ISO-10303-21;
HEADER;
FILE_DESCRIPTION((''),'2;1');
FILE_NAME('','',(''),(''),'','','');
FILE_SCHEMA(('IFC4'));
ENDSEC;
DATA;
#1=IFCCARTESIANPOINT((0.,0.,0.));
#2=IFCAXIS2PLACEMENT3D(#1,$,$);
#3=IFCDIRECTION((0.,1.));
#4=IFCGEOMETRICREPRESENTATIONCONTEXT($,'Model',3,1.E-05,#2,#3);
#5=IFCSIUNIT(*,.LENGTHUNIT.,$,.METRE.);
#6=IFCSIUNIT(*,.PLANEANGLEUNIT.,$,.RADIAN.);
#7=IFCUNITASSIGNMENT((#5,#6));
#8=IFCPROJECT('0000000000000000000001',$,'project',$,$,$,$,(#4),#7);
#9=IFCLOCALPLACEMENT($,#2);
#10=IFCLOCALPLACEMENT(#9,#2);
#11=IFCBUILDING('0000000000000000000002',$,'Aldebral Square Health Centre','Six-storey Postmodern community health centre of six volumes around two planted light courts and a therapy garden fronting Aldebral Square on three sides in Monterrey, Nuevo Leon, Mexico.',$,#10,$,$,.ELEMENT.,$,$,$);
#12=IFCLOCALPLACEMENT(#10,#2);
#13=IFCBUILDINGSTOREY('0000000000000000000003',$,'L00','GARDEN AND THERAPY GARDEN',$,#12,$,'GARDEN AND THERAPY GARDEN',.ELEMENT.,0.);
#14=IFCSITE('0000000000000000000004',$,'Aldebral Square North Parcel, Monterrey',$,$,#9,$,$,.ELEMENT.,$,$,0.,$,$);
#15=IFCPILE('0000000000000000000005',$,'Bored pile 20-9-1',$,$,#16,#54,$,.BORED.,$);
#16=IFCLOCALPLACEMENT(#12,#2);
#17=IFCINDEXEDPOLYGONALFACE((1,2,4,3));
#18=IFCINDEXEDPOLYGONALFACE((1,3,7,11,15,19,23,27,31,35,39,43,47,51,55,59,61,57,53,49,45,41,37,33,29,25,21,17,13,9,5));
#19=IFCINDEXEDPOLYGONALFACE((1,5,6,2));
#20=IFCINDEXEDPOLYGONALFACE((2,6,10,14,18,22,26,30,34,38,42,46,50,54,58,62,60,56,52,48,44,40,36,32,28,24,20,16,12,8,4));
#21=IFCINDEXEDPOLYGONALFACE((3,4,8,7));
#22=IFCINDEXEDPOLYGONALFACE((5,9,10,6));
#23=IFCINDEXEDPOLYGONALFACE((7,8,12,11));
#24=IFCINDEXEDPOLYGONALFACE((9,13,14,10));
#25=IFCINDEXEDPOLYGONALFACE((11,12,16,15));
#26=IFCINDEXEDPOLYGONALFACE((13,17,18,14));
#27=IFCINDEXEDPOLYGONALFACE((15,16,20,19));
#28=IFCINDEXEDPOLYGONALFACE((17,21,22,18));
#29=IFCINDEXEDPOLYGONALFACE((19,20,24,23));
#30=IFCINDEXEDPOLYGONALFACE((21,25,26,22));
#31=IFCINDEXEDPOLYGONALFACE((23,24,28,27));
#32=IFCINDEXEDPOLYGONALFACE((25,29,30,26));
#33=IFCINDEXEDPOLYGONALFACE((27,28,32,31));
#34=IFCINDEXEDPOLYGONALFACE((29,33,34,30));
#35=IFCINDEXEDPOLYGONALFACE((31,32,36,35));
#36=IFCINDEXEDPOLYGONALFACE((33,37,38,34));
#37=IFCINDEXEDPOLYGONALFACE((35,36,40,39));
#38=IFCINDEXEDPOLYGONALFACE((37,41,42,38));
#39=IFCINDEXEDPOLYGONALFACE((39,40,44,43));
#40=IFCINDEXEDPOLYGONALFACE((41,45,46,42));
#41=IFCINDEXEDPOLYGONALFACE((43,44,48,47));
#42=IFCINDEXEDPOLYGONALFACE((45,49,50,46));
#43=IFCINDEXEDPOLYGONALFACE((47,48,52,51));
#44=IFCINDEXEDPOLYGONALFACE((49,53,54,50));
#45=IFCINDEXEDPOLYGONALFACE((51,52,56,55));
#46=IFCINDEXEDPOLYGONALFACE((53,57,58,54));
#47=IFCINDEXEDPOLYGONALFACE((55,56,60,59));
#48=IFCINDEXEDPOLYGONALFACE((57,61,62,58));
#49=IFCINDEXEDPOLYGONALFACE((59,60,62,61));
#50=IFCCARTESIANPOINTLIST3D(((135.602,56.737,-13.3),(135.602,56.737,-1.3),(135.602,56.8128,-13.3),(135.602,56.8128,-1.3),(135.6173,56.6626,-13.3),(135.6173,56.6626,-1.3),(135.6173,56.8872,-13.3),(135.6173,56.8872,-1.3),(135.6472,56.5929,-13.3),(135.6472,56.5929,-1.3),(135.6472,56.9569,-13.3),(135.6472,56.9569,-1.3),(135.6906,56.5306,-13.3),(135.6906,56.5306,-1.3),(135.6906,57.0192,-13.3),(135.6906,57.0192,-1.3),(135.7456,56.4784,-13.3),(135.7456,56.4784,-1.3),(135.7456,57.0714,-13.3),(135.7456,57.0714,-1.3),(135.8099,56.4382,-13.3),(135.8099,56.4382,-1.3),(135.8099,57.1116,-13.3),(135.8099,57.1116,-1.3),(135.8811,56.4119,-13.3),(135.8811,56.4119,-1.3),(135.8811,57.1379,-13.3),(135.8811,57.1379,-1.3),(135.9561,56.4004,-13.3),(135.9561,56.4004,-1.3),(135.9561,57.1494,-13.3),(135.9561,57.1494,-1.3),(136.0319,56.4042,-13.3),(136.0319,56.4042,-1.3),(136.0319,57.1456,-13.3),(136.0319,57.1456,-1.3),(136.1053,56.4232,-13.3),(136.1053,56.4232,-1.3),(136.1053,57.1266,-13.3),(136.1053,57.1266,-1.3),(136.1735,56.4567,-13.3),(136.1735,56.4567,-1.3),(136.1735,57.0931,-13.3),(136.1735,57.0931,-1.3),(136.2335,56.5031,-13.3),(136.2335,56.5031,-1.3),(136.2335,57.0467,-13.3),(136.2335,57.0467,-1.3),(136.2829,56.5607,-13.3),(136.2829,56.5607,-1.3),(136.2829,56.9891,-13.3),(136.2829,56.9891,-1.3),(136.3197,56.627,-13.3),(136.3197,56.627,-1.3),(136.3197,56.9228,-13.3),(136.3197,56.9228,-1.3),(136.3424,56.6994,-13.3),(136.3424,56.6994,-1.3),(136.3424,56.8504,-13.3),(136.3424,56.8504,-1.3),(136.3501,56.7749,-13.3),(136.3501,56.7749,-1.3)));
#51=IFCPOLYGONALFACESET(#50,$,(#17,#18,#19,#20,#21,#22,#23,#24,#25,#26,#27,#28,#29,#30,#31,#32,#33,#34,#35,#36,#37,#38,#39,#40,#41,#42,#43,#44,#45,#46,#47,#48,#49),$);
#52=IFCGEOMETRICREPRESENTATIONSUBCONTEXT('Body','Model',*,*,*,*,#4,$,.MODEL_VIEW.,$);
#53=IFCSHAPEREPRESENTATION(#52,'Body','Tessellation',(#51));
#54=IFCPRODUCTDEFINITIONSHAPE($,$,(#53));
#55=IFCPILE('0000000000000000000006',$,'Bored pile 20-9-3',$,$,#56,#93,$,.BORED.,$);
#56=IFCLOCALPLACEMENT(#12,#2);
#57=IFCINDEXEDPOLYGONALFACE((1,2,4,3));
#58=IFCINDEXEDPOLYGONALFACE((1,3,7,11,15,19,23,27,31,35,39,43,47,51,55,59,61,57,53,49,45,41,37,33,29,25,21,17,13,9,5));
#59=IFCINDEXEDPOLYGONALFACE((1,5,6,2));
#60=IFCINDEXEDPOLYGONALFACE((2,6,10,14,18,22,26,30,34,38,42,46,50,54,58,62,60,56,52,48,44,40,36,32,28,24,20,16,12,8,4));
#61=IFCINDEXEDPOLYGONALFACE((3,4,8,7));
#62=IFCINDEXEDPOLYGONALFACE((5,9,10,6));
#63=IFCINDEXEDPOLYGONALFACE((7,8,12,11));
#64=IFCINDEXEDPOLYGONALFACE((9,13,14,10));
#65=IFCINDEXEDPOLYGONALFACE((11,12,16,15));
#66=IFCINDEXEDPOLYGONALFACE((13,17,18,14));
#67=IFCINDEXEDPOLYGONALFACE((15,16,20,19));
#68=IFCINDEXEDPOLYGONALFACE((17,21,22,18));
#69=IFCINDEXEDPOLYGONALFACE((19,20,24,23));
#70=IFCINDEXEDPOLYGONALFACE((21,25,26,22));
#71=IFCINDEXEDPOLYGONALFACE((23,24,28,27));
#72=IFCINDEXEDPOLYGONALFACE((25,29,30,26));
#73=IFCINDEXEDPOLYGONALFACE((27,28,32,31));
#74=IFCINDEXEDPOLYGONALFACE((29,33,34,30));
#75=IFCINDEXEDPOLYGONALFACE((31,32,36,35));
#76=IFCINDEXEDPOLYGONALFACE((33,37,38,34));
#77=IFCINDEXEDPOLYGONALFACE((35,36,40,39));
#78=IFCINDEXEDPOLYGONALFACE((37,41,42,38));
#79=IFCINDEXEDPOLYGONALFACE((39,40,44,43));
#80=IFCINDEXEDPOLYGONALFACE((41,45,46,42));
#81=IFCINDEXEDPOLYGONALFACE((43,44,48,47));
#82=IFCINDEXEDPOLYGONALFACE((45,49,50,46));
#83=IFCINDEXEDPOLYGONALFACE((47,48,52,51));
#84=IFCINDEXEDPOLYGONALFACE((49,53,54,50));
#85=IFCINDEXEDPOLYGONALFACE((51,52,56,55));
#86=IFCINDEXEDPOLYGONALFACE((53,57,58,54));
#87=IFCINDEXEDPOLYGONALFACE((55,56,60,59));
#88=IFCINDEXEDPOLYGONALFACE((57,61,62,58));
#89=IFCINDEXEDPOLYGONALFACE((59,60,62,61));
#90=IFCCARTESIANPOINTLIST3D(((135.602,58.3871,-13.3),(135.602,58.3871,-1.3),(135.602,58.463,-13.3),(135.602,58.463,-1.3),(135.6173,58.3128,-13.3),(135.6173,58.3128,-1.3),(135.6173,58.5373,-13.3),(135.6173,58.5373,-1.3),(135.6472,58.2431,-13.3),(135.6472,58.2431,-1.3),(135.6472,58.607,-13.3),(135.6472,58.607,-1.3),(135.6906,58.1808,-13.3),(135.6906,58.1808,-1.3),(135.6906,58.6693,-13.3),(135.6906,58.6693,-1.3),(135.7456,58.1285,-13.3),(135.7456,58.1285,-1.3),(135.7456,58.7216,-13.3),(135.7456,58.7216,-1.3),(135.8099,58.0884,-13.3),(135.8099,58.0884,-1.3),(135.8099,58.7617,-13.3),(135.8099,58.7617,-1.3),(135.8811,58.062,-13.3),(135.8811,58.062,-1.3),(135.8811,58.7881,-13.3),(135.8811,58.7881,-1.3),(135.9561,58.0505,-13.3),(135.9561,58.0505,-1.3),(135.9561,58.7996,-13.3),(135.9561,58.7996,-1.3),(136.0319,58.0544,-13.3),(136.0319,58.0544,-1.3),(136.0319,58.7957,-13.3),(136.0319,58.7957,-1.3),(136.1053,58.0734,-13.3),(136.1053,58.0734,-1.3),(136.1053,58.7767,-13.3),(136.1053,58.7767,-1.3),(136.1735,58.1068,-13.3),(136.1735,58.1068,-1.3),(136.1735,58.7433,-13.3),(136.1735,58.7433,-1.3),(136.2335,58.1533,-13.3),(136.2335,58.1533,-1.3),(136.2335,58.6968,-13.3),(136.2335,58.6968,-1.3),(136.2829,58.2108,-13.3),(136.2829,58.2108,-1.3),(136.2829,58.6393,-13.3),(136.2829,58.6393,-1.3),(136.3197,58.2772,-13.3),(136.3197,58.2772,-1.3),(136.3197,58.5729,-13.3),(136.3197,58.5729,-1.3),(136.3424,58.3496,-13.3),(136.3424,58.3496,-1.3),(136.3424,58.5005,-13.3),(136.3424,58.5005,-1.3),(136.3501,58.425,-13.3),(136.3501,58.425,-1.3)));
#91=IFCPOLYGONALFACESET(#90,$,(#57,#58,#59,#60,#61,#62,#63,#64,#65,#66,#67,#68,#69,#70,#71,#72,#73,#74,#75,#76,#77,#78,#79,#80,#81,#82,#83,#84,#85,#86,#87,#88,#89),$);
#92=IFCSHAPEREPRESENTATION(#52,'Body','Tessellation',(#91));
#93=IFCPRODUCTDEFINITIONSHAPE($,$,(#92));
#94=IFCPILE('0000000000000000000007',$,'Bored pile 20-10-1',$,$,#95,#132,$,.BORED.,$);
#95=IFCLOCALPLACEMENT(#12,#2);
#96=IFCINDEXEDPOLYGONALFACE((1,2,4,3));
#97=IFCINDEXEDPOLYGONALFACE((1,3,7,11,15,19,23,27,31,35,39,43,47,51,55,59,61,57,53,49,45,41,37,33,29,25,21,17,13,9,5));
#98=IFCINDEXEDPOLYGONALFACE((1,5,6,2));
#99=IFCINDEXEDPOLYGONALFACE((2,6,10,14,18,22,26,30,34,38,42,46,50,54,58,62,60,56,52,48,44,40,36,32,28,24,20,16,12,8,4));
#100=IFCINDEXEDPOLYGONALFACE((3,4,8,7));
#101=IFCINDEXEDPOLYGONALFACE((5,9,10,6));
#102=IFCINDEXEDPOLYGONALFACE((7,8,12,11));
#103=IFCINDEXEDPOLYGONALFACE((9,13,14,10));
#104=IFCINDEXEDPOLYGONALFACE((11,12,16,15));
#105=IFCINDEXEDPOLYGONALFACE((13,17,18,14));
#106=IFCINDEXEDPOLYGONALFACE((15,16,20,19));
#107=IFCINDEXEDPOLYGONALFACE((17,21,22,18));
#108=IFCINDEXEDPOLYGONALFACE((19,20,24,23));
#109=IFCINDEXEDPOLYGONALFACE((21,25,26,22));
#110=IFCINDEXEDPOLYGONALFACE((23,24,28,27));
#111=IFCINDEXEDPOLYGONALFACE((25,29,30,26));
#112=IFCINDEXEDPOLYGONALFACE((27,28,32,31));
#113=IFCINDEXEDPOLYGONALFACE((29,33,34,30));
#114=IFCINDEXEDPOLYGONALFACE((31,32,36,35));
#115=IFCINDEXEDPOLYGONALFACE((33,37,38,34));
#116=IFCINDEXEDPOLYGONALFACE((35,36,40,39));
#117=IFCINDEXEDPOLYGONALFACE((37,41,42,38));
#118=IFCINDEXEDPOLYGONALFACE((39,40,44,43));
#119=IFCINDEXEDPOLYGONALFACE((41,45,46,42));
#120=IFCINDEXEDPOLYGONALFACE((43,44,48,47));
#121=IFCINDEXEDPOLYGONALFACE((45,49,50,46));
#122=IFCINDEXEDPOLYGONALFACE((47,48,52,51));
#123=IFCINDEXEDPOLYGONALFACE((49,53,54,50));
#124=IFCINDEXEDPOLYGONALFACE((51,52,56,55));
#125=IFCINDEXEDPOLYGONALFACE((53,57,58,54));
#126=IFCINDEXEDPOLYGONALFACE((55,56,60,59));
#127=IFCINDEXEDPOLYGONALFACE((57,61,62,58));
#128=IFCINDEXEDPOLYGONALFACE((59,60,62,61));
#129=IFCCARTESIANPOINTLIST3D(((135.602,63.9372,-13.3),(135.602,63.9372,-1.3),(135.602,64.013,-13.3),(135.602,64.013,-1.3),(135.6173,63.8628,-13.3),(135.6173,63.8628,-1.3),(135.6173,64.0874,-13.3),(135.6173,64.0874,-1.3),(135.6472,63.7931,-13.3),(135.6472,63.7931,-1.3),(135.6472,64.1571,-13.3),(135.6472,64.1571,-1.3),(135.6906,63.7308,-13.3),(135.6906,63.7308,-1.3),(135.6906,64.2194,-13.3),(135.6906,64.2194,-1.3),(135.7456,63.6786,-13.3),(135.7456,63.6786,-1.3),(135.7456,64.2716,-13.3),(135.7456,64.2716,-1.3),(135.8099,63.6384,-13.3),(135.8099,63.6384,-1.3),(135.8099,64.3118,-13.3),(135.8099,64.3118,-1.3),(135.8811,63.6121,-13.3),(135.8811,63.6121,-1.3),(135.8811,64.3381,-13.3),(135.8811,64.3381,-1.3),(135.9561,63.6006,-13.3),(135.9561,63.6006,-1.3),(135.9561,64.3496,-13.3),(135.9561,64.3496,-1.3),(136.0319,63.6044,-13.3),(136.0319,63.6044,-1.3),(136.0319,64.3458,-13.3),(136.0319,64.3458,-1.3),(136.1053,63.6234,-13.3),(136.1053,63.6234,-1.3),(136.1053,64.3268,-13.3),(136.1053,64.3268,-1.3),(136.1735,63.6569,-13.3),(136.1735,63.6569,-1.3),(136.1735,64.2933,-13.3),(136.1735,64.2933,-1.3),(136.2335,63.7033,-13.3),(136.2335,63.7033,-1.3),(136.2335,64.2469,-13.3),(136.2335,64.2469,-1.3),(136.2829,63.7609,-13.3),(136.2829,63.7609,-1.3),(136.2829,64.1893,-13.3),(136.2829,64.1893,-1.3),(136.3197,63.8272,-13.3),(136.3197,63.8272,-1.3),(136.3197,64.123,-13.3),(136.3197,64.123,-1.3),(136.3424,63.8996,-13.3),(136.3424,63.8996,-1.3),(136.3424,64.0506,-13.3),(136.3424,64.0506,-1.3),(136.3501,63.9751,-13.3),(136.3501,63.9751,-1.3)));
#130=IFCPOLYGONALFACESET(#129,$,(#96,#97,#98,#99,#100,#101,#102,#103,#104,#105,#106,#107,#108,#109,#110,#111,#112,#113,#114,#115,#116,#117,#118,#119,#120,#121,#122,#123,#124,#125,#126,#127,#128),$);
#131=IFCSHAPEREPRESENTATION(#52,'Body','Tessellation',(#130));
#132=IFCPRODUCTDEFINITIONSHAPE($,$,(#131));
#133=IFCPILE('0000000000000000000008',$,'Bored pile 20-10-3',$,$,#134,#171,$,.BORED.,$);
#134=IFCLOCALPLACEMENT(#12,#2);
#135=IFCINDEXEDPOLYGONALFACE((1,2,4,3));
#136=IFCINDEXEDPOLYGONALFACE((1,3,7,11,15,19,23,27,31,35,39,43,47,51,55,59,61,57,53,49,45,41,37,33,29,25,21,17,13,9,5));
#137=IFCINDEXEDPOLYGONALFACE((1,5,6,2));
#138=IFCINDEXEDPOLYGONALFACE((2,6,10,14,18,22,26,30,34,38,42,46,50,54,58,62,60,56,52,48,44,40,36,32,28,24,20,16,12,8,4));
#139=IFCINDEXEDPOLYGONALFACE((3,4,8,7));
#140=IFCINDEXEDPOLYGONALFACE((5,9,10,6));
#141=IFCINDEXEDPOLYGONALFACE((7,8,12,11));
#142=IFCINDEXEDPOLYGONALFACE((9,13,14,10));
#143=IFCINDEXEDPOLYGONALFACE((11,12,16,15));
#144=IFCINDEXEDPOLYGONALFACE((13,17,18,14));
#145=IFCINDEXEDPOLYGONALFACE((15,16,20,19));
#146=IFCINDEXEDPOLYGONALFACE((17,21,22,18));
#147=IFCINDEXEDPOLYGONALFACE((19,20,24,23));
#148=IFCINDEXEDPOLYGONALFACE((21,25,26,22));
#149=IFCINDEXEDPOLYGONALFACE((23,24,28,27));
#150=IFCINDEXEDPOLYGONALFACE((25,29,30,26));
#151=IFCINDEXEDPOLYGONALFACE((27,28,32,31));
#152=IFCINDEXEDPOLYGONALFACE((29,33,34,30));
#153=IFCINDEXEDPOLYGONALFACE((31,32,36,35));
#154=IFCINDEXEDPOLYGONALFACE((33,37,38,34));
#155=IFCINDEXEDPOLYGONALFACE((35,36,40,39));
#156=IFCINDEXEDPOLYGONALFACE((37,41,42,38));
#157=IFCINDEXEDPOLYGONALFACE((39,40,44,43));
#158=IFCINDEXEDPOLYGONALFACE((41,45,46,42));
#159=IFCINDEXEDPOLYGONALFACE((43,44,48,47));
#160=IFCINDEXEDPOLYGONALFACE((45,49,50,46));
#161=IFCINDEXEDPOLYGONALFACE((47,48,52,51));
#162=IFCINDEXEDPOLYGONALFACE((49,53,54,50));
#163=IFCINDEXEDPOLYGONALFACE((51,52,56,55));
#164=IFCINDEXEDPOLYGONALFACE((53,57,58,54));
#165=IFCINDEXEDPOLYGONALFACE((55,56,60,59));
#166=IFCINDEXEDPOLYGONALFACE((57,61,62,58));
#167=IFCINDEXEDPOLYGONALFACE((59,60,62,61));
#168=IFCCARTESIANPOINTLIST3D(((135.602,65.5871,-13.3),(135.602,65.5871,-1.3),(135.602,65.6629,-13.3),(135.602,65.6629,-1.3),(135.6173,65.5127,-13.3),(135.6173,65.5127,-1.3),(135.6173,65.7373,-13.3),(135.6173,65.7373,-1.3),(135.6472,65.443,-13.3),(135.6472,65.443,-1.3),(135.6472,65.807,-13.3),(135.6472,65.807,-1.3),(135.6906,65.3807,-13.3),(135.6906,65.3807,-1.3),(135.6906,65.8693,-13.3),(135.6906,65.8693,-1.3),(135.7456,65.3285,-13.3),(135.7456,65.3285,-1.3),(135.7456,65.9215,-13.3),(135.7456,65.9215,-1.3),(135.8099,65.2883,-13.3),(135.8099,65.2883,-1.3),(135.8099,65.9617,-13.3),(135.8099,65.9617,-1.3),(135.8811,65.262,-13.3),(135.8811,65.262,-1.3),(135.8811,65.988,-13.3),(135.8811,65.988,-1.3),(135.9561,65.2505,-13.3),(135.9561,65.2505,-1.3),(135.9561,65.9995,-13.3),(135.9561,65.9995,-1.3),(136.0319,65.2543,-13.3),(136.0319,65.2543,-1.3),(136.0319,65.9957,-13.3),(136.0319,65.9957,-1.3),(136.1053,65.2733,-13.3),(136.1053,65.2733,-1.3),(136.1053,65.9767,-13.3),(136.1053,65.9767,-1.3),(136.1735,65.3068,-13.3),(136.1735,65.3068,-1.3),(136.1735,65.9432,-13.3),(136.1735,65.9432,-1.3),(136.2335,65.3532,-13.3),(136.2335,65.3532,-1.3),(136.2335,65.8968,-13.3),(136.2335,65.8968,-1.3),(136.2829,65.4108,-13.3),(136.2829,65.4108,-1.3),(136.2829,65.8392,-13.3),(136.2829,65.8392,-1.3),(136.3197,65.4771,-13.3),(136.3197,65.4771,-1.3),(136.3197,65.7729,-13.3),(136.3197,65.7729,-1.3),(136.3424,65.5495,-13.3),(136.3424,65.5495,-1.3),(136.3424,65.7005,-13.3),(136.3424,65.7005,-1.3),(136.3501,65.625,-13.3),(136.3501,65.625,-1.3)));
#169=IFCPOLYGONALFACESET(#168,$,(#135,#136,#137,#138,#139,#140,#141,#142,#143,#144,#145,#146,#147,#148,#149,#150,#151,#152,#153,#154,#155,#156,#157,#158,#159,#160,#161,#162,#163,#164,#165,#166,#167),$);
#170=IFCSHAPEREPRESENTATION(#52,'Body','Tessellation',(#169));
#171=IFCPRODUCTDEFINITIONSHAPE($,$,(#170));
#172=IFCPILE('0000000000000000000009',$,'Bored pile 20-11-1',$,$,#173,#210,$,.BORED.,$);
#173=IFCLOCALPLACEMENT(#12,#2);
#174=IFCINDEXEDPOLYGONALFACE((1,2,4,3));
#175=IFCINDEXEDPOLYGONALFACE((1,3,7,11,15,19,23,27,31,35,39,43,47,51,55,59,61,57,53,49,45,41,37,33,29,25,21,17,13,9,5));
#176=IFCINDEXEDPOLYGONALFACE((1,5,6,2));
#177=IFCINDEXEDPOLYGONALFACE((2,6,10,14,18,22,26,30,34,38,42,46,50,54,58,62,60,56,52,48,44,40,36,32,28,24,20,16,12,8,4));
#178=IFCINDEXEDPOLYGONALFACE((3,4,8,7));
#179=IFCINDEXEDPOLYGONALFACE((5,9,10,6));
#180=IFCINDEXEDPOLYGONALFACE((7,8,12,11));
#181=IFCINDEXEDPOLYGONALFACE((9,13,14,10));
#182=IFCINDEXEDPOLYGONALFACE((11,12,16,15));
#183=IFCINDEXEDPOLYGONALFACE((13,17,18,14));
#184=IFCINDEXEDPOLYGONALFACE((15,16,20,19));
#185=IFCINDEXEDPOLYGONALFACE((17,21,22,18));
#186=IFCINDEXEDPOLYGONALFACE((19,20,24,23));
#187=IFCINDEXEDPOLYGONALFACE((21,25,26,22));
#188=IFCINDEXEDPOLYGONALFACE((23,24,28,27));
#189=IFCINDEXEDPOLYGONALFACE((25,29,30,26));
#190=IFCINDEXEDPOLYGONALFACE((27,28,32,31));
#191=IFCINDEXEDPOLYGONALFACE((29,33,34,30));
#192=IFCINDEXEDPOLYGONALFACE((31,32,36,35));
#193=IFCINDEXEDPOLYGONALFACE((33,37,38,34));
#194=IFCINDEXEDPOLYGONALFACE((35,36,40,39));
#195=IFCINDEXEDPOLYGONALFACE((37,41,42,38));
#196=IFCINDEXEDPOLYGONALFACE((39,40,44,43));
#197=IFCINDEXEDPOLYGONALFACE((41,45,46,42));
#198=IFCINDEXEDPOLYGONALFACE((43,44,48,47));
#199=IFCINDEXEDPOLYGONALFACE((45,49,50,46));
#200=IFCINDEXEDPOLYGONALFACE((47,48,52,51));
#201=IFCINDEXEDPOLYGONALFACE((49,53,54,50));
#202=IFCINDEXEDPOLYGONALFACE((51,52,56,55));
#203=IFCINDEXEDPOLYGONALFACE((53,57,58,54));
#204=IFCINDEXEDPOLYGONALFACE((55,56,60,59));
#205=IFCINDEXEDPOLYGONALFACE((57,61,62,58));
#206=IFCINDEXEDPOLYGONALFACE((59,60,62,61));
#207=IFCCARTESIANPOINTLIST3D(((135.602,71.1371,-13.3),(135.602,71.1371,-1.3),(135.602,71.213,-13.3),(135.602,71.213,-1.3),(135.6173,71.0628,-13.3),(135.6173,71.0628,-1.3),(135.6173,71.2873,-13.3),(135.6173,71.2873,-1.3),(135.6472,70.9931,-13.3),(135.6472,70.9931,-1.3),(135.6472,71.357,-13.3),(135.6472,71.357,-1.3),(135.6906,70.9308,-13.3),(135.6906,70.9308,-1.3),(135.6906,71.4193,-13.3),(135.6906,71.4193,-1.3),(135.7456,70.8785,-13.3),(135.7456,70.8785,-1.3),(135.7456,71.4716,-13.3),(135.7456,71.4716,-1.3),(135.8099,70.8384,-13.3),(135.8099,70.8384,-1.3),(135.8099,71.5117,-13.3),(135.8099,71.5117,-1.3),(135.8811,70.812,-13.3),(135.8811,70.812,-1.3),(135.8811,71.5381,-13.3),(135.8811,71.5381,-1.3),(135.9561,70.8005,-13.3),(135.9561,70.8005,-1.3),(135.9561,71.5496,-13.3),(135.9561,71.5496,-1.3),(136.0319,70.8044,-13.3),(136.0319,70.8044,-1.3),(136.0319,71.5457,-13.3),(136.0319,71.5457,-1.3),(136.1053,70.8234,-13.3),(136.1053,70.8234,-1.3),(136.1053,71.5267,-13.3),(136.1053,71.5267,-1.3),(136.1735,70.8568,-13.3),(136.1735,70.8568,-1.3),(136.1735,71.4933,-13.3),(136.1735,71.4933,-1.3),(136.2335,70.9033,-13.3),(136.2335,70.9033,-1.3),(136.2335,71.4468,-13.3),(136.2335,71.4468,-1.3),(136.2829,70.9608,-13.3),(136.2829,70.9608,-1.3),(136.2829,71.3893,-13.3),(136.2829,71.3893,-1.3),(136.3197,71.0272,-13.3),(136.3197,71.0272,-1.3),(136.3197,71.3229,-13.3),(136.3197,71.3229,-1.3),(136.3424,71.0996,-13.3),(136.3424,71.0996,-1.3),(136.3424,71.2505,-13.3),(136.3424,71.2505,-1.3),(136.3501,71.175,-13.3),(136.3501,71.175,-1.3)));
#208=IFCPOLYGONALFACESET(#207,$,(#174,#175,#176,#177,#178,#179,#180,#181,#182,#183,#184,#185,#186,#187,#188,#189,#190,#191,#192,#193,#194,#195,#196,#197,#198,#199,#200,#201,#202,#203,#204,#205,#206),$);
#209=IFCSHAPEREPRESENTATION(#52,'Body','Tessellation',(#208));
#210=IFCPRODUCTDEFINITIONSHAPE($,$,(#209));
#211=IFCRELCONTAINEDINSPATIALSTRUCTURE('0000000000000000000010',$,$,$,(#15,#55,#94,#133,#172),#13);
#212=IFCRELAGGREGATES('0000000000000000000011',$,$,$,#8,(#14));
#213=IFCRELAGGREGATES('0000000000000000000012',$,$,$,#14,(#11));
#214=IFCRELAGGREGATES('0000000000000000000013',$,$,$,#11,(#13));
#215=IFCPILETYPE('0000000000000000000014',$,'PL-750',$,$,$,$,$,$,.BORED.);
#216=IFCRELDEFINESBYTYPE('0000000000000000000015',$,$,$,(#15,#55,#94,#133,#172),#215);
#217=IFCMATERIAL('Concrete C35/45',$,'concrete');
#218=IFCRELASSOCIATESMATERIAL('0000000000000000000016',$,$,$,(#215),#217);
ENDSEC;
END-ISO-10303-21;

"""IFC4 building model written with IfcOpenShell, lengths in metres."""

from ifc_helpers import new_model, si_unit, direction, frame, origin, origin_2d, place, context, subcontext, project, spatial, circle, extrude, material, material_profile, profile_set, type_object, element, save


model = new_model("IFC4")

# Units and contexts
model_context = context("Model", 3, precision=1e-05, world=origin(), true_north=direction((0.0, 1.0)))
body_context = subcontext(model_context, "Body", "Model", "MODEL_VIEW")
ifc_project = project(units=[si_unit("LENGTHUNIT", "METRE"), si_unit("PLANEANGLEUNIT", "RADIAN")], contexts=[model_context])

# Site, building, storey
site_placement = place(None, origin())
site = spatial("IfcSite", under=ifc_project, at=site_placement, Name="Aldebral Square North Parcel, Monterrey", CompositionType="ELEMENT", RefElevation=0.0)
building_placement = place(site_placement, origin())
building = spatial("IfcBuilding", under=site, at=building_placement, Name="Aldebral Square Health Centre", Description="Six-storey Postmodern community health centre of six volumes around two planted light courts and a therapy garden fronting Aldebral Square on three sides in Monterrey, Nuevo Leon, Mexico.", CompositionType="ELEMENT")
storey_placement = place(building_placement, origin())
storey = spatial("IfcBuildingStorey", under=building, at=storey_placement, Name="L00", Description="GARDEN AND THERAPY GARDEN", LongName="GARDEN AND THERAPY GARDEN", CompositionType="ELEMENT", Elevation=0.0)

# Shared definitions
ifc_material_1 = material(Name="Concrete C35/45", Category="concrete")

# Piles
ifc_material_profile_1 = material_profile(ifc_material_1, circle(Radius=0.375, at=origin_2d()), Name="PILE D750")
ifc_profile_set_1 = profile_set([ifc_material_profile_1], Name="Concrete C35/45")
pile_type_1 = type_object("IfcPileType", Name="PL-750", PredefinedType="BORED", material=ifc_profile_set_1)
for number, where, z_axis, x_axis, name in (
    (1, (135.9751, 56.7749, -1.3), (0.0, 0.0, -1.0), (1.0, 0.0, 0.0), "Bored pile 20-9-1"),
    (2, (135.9751, 58.425, -1.3), (0.0, 0.0, -1.0), (1.0, 0.0, 0.0), "Bored pile 20-9-3"),
    (3, (135.9751, 63.9751, -1.3), (0.0, 0.0, -1.0), (1.0, 0.0, 0.0), "Bored pile 20-10-1"),
    (4, (135.9751, 65.625, -1.3), (0.0, 0.0, -1.0), (1.0, 0.0, 0.0), "Bored pile 20-10-3"),
    (5, (135.9751, 71.175, -1.3), (0.0, 0.0, -1.0), (1.0, 0.0, 0.0), "Bored pile 20-11-1"),
):
    element("IfcPile", number, at=place(storey_placement, frame(where, z_axis=z_axis, x_axis=x_axis)), inside=storey, type_object=pile_type_1, Name=name, PredefinedType="BORED", context=body_context, shape_type="SweptSolid", body=[
        extrude(circle(Radius=0.375, at=origin_2d()), origin(), (0.0, 0.0, 1.0), 12.0),
    ])

save(model, "model.ifc")
